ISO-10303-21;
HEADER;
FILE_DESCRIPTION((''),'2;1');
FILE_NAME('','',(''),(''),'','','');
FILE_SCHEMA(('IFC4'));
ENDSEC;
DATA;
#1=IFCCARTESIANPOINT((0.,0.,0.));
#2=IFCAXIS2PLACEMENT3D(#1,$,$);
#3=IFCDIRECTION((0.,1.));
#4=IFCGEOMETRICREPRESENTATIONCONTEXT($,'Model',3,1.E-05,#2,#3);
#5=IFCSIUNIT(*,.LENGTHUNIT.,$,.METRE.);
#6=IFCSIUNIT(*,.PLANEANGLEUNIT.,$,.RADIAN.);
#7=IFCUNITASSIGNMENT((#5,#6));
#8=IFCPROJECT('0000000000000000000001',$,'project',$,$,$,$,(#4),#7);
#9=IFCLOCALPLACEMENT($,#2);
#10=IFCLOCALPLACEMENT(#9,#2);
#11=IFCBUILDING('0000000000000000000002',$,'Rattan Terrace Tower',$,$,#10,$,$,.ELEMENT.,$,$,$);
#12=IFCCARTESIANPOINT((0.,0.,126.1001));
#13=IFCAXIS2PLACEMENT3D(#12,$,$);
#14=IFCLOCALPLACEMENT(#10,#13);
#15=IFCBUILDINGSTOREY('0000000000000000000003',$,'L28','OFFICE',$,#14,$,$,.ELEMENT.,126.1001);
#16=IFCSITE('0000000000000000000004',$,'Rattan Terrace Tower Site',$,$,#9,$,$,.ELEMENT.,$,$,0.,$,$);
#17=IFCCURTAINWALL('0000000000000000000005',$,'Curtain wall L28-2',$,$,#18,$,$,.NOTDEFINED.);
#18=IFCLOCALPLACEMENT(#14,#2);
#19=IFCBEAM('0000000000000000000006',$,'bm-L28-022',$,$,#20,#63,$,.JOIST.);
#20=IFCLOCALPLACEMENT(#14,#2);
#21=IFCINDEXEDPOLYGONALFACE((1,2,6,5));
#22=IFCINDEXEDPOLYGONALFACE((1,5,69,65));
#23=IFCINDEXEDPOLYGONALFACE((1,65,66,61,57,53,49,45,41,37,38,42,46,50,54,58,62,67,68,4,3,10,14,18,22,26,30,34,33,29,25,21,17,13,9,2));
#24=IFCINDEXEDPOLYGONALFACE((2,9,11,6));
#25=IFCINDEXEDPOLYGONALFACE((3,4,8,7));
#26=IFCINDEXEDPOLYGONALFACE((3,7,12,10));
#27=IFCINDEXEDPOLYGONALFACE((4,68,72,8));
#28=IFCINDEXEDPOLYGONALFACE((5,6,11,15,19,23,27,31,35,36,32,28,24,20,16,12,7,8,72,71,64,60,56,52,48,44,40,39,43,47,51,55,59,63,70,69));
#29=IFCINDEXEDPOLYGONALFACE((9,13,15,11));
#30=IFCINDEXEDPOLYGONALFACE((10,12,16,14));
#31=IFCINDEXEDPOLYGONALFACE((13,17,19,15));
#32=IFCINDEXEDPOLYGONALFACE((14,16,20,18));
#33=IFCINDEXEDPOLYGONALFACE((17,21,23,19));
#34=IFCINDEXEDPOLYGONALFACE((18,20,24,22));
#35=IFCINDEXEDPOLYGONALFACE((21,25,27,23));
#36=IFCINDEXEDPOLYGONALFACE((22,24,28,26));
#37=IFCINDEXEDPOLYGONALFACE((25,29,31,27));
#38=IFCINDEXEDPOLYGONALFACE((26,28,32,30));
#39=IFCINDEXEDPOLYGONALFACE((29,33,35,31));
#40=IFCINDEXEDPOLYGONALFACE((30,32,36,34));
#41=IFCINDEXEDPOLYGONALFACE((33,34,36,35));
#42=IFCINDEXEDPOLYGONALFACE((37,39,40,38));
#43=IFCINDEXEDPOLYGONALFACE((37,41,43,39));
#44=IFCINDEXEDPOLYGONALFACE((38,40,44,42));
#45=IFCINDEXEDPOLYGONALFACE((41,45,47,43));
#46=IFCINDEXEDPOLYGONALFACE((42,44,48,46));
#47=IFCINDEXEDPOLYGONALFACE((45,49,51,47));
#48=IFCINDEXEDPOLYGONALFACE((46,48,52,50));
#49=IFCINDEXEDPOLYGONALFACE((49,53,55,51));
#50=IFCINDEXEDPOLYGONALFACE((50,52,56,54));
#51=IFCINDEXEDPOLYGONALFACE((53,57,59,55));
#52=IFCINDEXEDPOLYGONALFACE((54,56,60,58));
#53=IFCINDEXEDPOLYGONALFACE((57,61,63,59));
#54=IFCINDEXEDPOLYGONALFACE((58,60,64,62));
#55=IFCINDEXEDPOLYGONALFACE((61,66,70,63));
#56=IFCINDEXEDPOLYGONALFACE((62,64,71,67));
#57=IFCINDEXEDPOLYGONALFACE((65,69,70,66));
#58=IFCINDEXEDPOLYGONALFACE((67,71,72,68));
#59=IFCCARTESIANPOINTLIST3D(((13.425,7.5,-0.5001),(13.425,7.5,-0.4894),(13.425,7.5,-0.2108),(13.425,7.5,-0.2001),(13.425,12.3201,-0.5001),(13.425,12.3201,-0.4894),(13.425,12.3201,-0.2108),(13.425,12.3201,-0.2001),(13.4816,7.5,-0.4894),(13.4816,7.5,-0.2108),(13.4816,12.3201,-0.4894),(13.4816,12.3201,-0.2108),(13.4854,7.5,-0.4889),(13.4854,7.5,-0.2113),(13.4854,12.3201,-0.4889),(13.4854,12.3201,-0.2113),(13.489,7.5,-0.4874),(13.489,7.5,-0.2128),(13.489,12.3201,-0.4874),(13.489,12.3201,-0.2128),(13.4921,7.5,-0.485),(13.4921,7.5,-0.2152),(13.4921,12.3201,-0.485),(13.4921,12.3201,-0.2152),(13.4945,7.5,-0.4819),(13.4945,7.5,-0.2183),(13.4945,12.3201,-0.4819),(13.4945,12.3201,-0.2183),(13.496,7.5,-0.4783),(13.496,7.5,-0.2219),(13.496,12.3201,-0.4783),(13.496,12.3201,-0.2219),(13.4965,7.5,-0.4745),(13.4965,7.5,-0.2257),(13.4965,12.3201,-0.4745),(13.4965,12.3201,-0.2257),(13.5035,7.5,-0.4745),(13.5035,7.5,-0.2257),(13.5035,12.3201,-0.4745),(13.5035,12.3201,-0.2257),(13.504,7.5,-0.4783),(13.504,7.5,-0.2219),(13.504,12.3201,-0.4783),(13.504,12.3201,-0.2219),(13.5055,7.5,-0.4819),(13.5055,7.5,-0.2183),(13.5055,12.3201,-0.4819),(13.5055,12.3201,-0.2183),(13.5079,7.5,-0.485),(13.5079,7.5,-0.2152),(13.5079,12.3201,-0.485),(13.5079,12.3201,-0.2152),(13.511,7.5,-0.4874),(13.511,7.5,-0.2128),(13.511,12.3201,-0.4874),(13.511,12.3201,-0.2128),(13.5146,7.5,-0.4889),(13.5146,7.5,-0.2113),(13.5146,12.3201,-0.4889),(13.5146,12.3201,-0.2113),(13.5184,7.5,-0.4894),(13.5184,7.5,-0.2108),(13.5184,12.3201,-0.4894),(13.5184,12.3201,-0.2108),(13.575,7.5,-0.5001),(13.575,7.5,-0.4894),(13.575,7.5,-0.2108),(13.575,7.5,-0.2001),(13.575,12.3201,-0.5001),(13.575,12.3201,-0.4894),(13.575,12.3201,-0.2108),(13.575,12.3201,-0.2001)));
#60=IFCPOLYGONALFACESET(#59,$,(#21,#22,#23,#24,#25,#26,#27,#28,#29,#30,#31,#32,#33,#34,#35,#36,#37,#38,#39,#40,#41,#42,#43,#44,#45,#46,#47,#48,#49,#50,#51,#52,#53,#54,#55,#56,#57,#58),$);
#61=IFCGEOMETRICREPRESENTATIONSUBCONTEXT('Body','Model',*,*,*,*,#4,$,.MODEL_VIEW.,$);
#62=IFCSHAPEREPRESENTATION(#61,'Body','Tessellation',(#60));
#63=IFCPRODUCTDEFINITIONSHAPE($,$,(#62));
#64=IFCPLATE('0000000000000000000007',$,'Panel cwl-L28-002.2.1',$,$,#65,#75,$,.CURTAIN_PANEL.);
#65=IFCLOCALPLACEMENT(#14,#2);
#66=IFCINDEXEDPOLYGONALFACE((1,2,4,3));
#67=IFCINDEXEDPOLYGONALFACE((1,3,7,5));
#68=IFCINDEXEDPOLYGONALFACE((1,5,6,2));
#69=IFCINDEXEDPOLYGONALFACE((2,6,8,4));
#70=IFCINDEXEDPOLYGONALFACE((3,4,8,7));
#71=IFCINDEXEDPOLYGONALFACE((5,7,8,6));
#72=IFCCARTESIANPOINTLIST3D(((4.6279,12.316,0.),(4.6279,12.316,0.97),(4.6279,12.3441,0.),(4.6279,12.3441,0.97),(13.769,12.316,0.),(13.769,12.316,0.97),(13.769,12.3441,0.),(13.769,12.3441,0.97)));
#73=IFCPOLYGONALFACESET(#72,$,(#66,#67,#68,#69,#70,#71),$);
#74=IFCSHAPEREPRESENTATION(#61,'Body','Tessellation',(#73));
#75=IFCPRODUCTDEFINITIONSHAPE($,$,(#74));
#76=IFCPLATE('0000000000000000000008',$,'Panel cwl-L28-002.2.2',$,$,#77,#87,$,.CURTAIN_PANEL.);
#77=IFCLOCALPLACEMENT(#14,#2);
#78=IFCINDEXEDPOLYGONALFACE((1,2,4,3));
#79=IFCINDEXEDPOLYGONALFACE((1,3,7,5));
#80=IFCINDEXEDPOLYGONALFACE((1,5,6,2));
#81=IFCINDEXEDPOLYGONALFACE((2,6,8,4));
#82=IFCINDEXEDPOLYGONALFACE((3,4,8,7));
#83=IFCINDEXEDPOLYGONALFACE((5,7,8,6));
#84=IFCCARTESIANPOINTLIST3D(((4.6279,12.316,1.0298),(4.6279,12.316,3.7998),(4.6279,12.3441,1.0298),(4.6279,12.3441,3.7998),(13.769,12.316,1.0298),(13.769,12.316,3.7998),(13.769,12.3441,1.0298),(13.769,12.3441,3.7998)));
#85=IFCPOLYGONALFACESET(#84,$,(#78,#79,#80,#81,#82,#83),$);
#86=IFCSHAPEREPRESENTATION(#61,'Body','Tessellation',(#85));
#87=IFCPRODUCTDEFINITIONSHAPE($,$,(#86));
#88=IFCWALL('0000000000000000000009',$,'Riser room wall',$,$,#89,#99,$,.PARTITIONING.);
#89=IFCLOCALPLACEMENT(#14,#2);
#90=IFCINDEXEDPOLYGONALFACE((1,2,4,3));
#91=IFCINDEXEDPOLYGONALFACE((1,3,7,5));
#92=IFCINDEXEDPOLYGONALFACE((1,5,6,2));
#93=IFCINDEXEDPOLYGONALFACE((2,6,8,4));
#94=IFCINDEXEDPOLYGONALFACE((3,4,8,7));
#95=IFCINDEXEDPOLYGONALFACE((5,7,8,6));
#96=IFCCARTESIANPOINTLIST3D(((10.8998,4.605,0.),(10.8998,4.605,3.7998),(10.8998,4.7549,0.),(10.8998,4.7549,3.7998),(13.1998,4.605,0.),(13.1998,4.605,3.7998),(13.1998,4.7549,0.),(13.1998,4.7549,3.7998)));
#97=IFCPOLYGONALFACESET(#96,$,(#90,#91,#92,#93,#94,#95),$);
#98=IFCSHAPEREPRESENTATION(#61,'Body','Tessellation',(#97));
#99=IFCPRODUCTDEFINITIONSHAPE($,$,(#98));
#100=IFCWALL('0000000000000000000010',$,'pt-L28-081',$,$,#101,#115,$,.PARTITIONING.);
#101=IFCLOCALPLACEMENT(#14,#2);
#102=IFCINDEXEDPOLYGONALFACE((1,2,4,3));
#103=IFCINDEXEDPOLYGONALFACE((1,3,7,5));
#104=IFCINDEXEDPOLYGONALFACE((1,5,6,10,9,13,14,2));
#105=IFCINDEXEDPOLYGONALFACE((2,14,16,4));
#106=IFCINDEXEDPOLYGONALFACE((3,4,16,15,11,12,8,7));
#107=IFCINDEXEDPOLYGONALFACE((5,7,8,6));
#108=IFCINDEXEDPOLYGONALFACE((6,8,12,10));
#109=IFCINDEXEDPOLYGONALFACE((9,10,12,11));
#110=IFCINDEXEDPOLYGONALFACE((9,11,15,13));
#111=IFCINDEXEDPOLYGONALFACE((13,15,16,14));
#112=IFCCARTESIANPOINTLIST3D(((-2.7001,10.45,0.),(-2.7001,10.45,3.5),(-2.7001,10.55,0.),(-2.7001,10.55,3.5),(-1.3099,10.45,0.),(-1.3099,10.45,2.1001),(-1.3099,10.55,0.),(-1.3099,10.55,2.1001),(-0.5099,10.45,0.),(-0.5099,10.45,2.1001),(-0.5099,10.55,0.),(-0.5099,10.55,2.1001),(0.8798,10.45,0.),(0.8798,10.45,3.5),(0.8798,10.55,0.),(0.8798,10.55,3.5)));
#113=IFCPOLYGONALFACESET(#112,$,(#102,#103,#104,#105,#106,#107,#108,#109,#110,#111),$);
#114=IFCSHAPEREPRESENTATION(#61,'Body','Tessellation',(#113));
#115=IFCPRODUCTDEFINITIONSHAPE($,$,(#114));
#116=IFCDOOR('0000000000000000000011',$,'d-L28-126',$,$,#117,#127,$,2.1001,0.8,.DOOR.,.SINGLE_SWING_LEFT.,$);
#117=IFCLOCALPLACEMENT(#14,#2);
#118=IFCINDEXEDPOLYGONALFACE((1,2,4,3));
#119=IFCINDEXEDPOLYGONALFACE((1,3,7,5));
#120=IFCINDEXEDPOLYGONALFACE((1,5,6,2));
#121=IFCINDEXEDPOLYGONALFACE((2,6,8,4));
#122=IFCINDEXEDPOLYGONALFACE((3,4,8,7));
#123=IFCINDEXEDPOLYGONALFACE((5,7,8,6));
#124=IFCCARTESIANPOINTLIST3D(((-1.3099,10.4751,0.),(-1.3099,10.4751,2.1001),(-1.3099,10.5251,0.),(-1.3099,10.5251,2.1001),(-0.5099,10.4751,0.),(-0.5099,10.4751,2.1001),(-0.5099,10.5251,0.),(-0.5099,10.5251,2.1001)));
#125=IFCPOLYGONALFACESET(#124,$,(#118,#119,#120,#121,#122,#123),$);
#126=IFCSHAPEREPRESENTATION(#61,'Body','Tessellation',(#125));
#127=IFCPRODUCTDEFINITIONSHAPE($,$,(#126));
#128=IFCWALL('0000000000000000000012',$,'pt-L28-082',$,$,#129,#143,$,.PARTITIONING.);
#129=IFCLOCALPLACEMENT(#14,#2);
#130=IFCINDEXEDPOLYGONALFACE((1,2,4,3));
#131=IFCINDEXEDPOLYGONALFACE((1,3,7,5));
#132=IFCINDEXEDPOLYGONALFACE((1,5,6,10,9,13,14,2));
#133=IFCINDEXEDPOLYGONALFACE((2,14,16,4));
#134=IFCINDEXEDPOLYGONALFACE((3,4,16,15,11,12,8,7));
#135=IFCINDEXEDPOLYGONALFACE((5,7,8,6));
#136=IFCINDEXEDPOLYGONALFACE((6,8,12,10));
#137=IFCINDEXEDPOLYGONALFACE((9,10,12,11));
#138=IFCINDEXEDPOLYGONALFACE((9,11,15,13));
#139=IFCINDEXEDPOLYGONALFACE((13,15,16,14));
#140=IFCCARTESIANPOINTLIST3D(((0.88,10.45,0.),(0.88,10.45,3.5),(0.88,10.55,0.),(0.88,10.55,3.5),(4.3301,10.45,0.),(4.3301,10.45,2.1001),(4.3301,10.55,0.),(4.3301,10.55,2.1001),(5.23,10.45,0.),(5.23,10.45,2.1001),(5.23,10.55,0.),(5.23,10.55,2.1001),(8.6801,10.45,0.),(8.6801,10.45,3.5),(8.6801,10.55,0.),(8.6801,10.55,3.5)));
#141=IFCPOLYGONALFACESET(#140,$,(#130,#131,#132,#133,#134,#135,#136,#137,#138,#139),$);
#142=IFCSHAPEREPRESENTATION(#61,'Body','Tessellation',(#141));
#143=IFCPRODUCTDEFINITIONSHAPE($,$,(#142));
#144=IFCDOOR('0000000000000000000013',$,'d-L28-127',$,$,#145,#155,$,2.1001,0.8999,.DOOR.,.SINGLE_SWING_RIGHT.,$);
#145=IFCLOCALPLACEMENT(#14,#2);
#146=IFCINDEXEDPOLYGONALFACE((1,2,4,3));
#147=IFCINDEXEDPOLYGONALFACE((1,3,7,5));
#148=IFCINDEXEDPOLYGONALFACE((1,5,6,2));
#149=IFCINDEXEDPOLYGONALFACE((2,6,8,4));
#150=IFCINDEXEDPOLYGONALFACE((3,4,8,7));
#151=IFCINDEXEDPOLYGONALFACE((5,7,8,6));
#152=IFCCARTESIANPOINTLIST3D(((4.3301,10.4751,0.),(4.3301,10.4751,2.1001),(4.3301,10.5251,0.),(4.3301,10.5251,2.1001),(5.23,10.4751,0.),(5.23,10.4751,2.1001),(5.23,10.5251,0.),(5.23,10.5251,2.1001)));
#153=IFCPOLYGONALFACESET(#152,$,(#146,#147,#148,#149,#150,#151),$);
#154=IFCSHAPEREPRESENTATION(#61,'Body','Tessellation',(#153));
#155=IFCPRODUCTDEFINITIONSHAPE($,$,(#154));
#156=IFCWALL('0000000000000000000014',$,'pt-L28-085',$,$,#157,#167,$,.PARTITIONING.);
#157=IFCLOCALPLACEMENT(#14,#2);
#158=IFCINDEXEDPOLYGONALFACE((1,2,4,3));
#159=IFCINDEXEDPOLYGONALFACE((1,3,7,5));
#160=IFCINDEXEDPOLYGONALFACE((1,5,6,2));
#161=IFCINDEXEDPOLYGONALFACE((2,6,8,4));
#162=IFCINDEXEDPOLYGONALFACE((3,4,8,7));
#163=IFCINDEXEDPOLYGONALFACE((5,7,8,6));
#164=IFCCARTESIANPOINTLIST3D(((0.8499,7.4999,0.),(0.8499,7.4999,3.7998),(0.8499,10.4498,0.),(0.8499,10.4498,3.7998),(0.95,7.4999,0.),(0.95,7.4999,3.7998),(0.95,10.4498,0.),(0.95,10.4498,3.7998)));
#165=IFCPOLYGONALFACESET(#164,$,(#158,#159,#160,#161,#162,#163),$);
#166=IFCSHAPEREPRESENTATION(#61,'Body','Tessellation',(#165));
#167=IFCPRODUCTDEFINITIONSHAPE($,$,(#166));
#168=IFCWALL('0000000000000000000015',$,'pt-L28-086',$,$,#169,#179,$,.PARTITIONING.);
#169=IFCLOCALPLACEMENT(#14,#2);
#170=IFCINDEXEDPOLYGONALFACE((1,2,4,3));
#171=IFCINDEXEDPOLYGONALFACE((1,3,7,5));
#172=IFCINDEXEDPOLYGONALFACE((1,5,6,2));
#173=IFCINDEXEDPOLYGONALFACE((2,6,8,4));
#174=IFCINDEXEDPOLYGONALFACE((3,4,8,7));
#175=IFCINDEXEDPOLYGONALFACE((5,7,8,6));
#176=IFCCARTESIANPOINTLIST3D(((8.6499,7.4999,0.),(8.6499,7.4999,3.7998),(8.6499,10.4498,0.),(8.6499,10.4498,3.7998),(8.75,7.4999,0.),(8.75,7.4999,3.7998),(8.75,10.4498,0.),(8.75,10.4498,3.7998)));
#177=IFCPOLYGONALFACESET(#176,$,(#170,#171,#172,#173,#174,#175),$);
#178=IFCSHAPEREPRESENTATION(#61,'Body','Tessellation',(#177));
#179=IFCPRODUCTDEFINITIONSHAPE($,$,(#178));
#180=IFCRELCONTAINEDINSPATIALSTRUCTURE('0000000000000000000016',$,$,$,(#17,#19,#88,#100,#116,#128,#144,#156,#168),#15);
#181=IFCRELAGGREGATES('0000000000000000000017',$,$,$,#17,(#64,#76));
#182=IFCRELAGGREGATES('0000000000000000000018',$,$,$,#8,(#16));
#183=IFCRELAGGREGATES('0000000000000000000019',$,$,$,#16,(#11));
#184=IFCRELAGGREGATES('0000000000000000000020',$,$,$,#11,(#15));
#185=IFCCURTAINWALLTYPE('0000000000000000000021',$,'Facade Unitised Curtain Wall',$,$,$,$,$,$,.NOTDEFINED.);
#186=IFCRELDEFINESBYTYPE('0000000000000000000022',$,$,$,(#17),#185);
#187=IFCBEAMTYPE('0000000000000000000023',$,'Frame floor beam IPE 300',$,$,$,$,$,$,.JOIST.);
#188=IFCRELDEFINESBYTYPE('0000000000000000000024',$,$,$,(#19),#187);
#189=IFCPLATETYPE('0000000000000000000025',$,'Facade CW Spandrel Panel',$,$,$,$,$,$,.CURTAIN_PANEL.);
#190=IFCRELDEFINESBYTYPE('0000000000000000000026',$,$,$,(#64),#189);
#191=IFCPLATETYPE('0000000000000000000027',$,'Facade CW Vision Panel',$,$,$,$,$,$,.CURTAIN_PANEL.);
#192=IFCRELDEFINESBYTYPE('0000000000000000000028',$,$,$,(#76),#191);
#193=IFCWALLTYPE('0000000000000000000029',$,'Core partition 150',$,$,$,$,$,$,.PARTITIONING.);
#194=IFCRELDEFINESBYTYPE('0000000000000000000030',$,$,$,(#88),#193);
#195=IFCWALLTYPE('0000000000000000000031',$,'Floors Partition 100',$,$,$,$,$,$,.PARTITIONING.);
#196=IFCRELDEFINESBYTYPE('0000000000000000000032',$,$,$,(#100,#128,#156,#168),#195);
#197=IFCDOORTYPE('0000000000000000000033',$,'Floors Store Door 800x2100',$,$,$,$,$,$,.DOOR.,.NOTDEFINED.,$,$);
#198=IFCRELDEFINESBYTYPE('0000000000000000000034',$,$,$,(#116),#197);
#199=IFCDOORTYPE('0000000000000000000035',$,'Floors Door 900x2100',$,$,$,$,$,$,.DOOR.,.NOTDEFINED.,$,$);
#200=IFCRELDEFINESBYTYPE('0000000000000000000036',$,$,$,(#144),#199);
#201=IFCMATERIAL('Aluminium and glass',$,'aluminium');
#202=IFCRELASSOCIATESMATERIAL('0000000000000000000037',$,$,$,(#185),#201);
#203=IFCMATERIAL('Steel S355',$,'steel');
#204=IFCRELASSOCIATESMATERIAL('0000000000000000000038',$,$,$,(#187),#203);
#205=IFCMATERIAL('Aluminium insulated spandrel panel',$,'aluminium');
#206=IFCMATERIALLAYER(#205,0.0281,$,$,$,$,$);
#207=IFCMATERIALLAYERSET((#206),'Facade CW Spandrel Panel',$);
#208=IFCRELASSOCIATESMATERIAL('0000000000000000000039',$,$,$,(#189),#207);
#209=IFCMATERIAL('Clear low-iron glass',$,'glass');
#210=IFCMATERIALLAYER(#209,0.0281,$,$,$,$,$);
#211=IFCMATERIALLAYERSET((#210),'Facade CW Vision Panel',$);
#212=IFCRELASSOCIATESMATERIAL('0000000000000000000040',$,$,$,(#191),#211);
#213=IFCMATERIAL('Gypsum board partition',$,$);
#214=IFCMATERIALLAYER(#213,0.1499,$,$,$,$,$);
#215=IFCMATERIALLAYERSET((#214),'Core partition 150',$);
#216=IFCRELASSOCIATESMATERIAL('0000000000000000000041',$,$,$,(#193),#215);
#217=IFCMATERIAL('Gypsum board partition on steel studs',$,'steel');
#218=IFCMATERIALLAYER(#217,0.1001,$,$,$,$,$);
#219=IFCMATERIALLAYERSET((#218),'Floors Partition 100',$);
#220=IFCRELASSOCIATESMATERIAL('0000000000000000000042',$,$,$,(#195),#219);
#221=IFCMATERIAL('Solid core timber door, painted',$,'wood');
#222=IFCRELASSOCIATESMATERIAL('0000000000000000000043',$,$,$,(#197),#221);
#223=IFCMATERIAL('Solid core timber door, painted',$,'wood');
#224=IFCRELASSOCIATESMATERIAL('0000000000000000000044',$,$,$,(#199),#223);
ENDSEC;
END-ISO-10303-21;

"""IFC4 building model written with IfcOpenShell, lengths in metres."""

from ifc_helpers import new_model, si_unit, direction, frame, frame_2d, origin, origin_2d, place, context, subcontext, project, spatial, rectangle, i_section, extrude, material, layer, layer_set, material_profile, profile_set, type_object, element, fill, aggregate, save


model = new_model("IFC4")

# Units and contexts
model_context = context("Model", 3, precision=1e-05, world=origin(), true_north=direction((0.0, 1.0)))
body_context = subcontext(model_context, "Body", "Model", "MODEL_VIEW")
ifc_project = project(units=[si_unit("LENGTHUNIT", "METRE"), si_unit("PLANEANGLEUNIT", "RADIAN")], contexts=[model_context])

# Site, building, storey
site_placement = place(None, origin())
site = spatial("IfcSite", under=ifc_project, at=site_placement, Name="Rattan Terrace Tower Site", CompositionType="ELEMENT", RefElevation=0.0)
building_placement = place(site_placement, origin())
building = spatial("IfcBuilding", under=site, at=building_placement, Name="Rattan Terrace Tower", CompositionType="ELEMENT")
storey_placement = place(building_placement, frame((0.0, 0.0, 126.1001)))
storey = spatial("IfcBuildingStorey", under=building, at=storey_placement, Name="L28", Description="OFFICE", CompositionType="ELEMENT", Elevation=126.1001)

# Curtain wall
ifc_material_1 = material(Name="Aluminium and glass", Category="aluminium")
curtain_wall_type = type_object("IfcCurtainWallType", Name="Facade Unitised Curtain Wall", PredefinedType="NOTDEFINED", material=ifc_material_1)
curtain_wall_placement = place(storey_placement, origin())
curtain_wall = element("IfcCurtainWall", 1, at=curtain_wall_placement, inside=storey, type_object=curtain_wall_type, Name="Curtain wall L28-2", PredefinedType="NOTDEFINED")

# Beam
ifc_material_2 = material(Name="Steel S355", Category="steel")
ifc_material_profile_1 = material_profile(ifc_material_2, i_section(OverallWidth=0.1499, OverallDepth=0.3, WebThickness=0.0071, FlangeThickness=0.0107, FilletRadius=0.0149, at=origin_2d()), Name="IPE 300")
ifc_profile_set_1 = profile_set([ifc_material_profile_1], Name="Steel S355")
beam_type = type_object("IfcBeamType", Name="Frame floor beam IPE 300", PredefinedType="JOIST", material=ifc_profile_set_1)
for number, where, z_axis, x_axis, name in (
    (2, (13.5, 7.5, -0.3501), (0.0, 1.0, 0.0), (-1.0, 0.0, 0.0), "bm-L28-022"),
):
    element("IfcBeam", number, at=place(storey_placement, frame(where, z_axis=z_axis, x_axis=x_axis)), inside=storey, type_object=beam_type, Name=name, PredefinedType="JOIST", context=body_context, shape_type="SweptSolid", body=[
        extrude(i_section(OverallWidth=0.1499, OverallDepth=0.3, WebThickness=0.0071, FlangeThickness=0.0107, FilletRadius=0.0149, at=origin_2d()), origin(), (0.0, 0.0, 1.0), 4.8201),
    ])

# Plates
ifc_material_3 = material(Name="Aluminium insulated spandrel panel", Category="aluminium")
ifc_layer_1 = layer(ifc_material_3, 0.0281)
ifc_layer_set_1 = layer_set([ifc_layer_1], Name="Facade CW Spandrel Panel")
plate_type_1 = type_object("IfcPlateType", Name="Facade CW Spandrel Panel", PredefinedType="CURTAIN_PANEL", material=ifc_layer_set_1)
plate_1_placement = place(storey_placement, frame((9.1985, 12.3301, 0.0), z_axis=(0.0, 0.0, 1.0), x_axis=(-1.0, 0.0, 0.0)))
plate_1 = element("IfcPlate", 3, at=plate_1_placement, type_object=plate_type_1, Name="Panel cwl-L28-002.2.1", PredefinedType="CURTAIN_PANEL", context=body_context, shape_type="SweptSolid", body=[
    extrude(rectangle(XDim=9.1411, YDim=0.0281, at=origin_2d()), origin(), (0.0, 0.0, 1.0), 0.97),
])
ifc_material_4 = material(Name="Clear low-iron glass", Category="glass")
ifc_layer_2 = layer(ifc_material_4, 0.0281)
ifc_layer_set_2 = layer_set([ifc_layer_2], Name="Facade CW Vision Panel")
plate_type_2 = type_object("IfcPlateType", Name="Facade CW Vision Panel", PredefinedType="CURTAIN_PANEL", material=ifc_layer_set_2)
plate_2_placement = place(storey_placement, frame((9.1985, 12.3301, 1.0298), z_axis=(0.0, 0.0, 1.0), x_axis=(-1.0, 0.0, 0.0)))
plate_2 = element("IfcPlate", 4, at=plate_2_placement, type_object=plate_type_2, Name="Panel cwl-L28-002.2.2", PredefinedType="CURTAIN_PANEL", context=body_context, shape_type="SweptSolid", body=[
    extrude(rectangle(XDim=9.1411, YDim=0.0281, at=origin_2d()), origin(), (0.0, 0.0, 1.0), 2.77),
])
aggregate(curtain_wall, [plate_1, plate_2])

# Wall
ifc_material_5 = material(Name="Gypsum board partition")
ifc_layer_3 = layer(ifc_material_5, 0.1499)
ifc_layer_set_3 = layer_set([ifc_layer_3], Name="Core partition 150")
wall_type_1 = type_object("IfcWallType", Name="Core partition 150", PredefinedType="PARTITIONING", material=ifc_layer_set_3)
wall_1_placement = place(storey_placement, frame((10.8999, 4.6799, 0.0), z_axis=(0.0, 0.0, 1.0), x_axis=(1.0, 0.0, 0.0)))
element("IfcWall", 5, at=wall_1_placement, inside=storey, type_object=wall_type_1, Name="Riser room wall", PredefinedType="PARTITIONING", context=body_context, shape_type="SweptSolid", body=[
    extrude(rectangle(XDim=2.3, YDim=0.1499, at=frame_2d((1.1499, 0.0))), origin(), (0.0, 0.0, 1.0), 3.7998),
])

# Walls, openings, doors
ifc_material_6 = material(Name="Gypsum board partition on steel studs", Category="steel")
ifc_layer_4 = layer(ifc_material_6, 0.1001)
ifc_layer_set_4 = layer_set([ifc_layer_4], Name="Floors Partition 100")
wall_type_2 = type_object("IfcWallType", Name="Floors Partition 100", PredefinedType="PARTITIONING", material=ifc_layer_set_4)
wall_2_placement = place(storey_placement, frame((0.8799, 10.5, 0.0), z_axis=(0.0, 0.0, 1.0), x_axis=(-1.0, 0.0, 0.0)))
wall_2 = element("IfcWall", 6, at=wall_2_placement, inside=storey, type_object=wall_type_2, Name="pt-L28-081", PredefinedType="PARTITIONING", context=body_context, shape_type="SweptSolid", body=[
    extrude(rectangle(XDim=3.5798, YDim=0.1001, at=frame_2d((1.79, 0.0))), origin(), (0.0, 0.0, 1.0), 3.5),
])
opening_1_placement = place(wall_2_placement, frame((1.3899, 0.0, 0.0)))
opening_1 = element("IfcOpeningElement", 7, at=opening_1_placement, cuts=wall_2, PredefinedType="OPENING", context=body_context, shape_type="SweptSolid", body=[
    extrude(rectangle(XDim=0.8, YDim=2.1001, at=frame_2d((0.3999, 1.05))), frame((0.0, 0.0605, 0.0), z_axis=(0.0, -1.0, 0.0), x_axis=(1.0, 0.0, 0.0)), (0.0, 0.0, 1.0), 0.1211),
])
ifc_material_7 = material(Name="Solid core timber door, painted", Category="wood")
door_type_1 = type_object("IfcDoorType", Name="Floors Store Door 800x2100", OperationType="NOTDEFINED", PredefinedType="DOOR", material=ifc_material_7)
door_1_placement = place(opening_1_placement, origin())
door_1 = element("IfcDoor", 8, at=door_1_placement, inside=storey, type_object=door_type_1, Name="d-L28-126", OperationType="SINGLE_SWING_LEFT", OverallHeight=2.1001, OverallWidth=0.8, PredefinedType="DOOR", context=body_context, shape_type="SweptSolid", body=[
    extrude(rectangle(XDim=0.8, YDim=2.1001, at=frame_2d((0.3999, 1.05))), frame((0.0, 0.0249, 0.0), z_axis=(0.0, -1.0, 0.0), x_axis=(1.0, 0.0, 0.0)), (0.0, 0.0, 1.0), 0.05),
])
fill(opening_1, door_1)
wall_3_placement = place(storey_placement, frame((8.6799, 10.5, 0.0), z_axis=(0.0, 0.0, 1.0), x_axis=(-1.0, 0.0, 0.0)))
wall_3 = element("IfcWall", 9, at=wall_3_placement, inside=storey, type_object=wall_type_2, Name="pt-L28-082", PredefinedType="PARTITIONING", context=body_context, shape_type="SweptSolid", body=[
    extrude(rectangle(XDim=7.8, YDim=0.1001, at=frame_2d((3.8999, 0.0))), origin(), (0.0, 0.0, 1.0), 3.5),
])
opening_2_placement = place(wall_3_placement, frame((3.45, 0.0, 0.0)))
opening_2 = element("IfcOpeningElement", 10, at=opening_2_placement, cuts=wall_3, PredefinedType="OPENING", context=body_context, shape_type="SweptSolid", body=[
    extrude(rectangle(XDim=0.8999, YDim=2.1001, at=frame_2d((0.45, 1.05))), frame((0.0, 0.0605, 0.0), z_axis=(0.0, -1.0, 0.0), x_axis=(1.0, 0.0, 0.0)), (0.0, 0.0, 1.0), 0.1211),
])
ifc_material_8 = material(Name="Solid core timber door, painted", Category="wood")
door_type_2 = type_object("IfcDoorType", Name="Floors Door 900x2100", OperationType="NOTDEFINED", PredefinedType="DOOR", material=ifc_material_8)
door_2_placement = place(opening_2_placement, origin())
door_2 = element("IfcDoor", 11, at=door_2_placement, inside=storey, type_object=door_type_2, Name="d-L28-127", OperationType="SINGLE_SWING_RIGHT", OverallHeight=2.1001, OverallWidth=0.8999, PredefinedType="DOOR", context=body_context, shape_type="SweptSolid", body=[
    extrude(rectangle(XDim=0.8999, YDim=2.1001, at=frame_2d((0.45, 1.05))), frame((0.0, 0.0249, 0.0), z_axis=(0.0, -1.0, 0.0), x_axis=(1.0, 0.0, 0.0)), (0.0, 0.0, 1.0), 0.05),
])
fill(opening_2, door_2)

# Walls
for number, where, z_axis, x_axis, name in (
    (12, (0.8999, 10.45, 0.0), (0.0, 0.0, 1.0), (0.0, -1.0, 0.0), "pt-L28-085"),
    (13, (8.7, 10.45, 0.0), (0.0, 0.0, 1.0), (0.0, -1.0, 0.0), "pt-L28-086"),
):
    element("IfcWall", number, at=place(storey_placement, frame(where, z_axis=z_axis, x_axis=x_axis)), inside=storey, type_object=wall_type_2, Name=name, PredefinedType="PARTITIONING", context=body_context, shape_type="SweptSolid", body=[
        extrude(rectangle(XDim=2.95, YDim=0.1001, at=frame_2d((1.4751, 0.0))), origin(), (0.0, 0.0, 1.0), 3.7998),
    ])

save(model, "model.ifc")
